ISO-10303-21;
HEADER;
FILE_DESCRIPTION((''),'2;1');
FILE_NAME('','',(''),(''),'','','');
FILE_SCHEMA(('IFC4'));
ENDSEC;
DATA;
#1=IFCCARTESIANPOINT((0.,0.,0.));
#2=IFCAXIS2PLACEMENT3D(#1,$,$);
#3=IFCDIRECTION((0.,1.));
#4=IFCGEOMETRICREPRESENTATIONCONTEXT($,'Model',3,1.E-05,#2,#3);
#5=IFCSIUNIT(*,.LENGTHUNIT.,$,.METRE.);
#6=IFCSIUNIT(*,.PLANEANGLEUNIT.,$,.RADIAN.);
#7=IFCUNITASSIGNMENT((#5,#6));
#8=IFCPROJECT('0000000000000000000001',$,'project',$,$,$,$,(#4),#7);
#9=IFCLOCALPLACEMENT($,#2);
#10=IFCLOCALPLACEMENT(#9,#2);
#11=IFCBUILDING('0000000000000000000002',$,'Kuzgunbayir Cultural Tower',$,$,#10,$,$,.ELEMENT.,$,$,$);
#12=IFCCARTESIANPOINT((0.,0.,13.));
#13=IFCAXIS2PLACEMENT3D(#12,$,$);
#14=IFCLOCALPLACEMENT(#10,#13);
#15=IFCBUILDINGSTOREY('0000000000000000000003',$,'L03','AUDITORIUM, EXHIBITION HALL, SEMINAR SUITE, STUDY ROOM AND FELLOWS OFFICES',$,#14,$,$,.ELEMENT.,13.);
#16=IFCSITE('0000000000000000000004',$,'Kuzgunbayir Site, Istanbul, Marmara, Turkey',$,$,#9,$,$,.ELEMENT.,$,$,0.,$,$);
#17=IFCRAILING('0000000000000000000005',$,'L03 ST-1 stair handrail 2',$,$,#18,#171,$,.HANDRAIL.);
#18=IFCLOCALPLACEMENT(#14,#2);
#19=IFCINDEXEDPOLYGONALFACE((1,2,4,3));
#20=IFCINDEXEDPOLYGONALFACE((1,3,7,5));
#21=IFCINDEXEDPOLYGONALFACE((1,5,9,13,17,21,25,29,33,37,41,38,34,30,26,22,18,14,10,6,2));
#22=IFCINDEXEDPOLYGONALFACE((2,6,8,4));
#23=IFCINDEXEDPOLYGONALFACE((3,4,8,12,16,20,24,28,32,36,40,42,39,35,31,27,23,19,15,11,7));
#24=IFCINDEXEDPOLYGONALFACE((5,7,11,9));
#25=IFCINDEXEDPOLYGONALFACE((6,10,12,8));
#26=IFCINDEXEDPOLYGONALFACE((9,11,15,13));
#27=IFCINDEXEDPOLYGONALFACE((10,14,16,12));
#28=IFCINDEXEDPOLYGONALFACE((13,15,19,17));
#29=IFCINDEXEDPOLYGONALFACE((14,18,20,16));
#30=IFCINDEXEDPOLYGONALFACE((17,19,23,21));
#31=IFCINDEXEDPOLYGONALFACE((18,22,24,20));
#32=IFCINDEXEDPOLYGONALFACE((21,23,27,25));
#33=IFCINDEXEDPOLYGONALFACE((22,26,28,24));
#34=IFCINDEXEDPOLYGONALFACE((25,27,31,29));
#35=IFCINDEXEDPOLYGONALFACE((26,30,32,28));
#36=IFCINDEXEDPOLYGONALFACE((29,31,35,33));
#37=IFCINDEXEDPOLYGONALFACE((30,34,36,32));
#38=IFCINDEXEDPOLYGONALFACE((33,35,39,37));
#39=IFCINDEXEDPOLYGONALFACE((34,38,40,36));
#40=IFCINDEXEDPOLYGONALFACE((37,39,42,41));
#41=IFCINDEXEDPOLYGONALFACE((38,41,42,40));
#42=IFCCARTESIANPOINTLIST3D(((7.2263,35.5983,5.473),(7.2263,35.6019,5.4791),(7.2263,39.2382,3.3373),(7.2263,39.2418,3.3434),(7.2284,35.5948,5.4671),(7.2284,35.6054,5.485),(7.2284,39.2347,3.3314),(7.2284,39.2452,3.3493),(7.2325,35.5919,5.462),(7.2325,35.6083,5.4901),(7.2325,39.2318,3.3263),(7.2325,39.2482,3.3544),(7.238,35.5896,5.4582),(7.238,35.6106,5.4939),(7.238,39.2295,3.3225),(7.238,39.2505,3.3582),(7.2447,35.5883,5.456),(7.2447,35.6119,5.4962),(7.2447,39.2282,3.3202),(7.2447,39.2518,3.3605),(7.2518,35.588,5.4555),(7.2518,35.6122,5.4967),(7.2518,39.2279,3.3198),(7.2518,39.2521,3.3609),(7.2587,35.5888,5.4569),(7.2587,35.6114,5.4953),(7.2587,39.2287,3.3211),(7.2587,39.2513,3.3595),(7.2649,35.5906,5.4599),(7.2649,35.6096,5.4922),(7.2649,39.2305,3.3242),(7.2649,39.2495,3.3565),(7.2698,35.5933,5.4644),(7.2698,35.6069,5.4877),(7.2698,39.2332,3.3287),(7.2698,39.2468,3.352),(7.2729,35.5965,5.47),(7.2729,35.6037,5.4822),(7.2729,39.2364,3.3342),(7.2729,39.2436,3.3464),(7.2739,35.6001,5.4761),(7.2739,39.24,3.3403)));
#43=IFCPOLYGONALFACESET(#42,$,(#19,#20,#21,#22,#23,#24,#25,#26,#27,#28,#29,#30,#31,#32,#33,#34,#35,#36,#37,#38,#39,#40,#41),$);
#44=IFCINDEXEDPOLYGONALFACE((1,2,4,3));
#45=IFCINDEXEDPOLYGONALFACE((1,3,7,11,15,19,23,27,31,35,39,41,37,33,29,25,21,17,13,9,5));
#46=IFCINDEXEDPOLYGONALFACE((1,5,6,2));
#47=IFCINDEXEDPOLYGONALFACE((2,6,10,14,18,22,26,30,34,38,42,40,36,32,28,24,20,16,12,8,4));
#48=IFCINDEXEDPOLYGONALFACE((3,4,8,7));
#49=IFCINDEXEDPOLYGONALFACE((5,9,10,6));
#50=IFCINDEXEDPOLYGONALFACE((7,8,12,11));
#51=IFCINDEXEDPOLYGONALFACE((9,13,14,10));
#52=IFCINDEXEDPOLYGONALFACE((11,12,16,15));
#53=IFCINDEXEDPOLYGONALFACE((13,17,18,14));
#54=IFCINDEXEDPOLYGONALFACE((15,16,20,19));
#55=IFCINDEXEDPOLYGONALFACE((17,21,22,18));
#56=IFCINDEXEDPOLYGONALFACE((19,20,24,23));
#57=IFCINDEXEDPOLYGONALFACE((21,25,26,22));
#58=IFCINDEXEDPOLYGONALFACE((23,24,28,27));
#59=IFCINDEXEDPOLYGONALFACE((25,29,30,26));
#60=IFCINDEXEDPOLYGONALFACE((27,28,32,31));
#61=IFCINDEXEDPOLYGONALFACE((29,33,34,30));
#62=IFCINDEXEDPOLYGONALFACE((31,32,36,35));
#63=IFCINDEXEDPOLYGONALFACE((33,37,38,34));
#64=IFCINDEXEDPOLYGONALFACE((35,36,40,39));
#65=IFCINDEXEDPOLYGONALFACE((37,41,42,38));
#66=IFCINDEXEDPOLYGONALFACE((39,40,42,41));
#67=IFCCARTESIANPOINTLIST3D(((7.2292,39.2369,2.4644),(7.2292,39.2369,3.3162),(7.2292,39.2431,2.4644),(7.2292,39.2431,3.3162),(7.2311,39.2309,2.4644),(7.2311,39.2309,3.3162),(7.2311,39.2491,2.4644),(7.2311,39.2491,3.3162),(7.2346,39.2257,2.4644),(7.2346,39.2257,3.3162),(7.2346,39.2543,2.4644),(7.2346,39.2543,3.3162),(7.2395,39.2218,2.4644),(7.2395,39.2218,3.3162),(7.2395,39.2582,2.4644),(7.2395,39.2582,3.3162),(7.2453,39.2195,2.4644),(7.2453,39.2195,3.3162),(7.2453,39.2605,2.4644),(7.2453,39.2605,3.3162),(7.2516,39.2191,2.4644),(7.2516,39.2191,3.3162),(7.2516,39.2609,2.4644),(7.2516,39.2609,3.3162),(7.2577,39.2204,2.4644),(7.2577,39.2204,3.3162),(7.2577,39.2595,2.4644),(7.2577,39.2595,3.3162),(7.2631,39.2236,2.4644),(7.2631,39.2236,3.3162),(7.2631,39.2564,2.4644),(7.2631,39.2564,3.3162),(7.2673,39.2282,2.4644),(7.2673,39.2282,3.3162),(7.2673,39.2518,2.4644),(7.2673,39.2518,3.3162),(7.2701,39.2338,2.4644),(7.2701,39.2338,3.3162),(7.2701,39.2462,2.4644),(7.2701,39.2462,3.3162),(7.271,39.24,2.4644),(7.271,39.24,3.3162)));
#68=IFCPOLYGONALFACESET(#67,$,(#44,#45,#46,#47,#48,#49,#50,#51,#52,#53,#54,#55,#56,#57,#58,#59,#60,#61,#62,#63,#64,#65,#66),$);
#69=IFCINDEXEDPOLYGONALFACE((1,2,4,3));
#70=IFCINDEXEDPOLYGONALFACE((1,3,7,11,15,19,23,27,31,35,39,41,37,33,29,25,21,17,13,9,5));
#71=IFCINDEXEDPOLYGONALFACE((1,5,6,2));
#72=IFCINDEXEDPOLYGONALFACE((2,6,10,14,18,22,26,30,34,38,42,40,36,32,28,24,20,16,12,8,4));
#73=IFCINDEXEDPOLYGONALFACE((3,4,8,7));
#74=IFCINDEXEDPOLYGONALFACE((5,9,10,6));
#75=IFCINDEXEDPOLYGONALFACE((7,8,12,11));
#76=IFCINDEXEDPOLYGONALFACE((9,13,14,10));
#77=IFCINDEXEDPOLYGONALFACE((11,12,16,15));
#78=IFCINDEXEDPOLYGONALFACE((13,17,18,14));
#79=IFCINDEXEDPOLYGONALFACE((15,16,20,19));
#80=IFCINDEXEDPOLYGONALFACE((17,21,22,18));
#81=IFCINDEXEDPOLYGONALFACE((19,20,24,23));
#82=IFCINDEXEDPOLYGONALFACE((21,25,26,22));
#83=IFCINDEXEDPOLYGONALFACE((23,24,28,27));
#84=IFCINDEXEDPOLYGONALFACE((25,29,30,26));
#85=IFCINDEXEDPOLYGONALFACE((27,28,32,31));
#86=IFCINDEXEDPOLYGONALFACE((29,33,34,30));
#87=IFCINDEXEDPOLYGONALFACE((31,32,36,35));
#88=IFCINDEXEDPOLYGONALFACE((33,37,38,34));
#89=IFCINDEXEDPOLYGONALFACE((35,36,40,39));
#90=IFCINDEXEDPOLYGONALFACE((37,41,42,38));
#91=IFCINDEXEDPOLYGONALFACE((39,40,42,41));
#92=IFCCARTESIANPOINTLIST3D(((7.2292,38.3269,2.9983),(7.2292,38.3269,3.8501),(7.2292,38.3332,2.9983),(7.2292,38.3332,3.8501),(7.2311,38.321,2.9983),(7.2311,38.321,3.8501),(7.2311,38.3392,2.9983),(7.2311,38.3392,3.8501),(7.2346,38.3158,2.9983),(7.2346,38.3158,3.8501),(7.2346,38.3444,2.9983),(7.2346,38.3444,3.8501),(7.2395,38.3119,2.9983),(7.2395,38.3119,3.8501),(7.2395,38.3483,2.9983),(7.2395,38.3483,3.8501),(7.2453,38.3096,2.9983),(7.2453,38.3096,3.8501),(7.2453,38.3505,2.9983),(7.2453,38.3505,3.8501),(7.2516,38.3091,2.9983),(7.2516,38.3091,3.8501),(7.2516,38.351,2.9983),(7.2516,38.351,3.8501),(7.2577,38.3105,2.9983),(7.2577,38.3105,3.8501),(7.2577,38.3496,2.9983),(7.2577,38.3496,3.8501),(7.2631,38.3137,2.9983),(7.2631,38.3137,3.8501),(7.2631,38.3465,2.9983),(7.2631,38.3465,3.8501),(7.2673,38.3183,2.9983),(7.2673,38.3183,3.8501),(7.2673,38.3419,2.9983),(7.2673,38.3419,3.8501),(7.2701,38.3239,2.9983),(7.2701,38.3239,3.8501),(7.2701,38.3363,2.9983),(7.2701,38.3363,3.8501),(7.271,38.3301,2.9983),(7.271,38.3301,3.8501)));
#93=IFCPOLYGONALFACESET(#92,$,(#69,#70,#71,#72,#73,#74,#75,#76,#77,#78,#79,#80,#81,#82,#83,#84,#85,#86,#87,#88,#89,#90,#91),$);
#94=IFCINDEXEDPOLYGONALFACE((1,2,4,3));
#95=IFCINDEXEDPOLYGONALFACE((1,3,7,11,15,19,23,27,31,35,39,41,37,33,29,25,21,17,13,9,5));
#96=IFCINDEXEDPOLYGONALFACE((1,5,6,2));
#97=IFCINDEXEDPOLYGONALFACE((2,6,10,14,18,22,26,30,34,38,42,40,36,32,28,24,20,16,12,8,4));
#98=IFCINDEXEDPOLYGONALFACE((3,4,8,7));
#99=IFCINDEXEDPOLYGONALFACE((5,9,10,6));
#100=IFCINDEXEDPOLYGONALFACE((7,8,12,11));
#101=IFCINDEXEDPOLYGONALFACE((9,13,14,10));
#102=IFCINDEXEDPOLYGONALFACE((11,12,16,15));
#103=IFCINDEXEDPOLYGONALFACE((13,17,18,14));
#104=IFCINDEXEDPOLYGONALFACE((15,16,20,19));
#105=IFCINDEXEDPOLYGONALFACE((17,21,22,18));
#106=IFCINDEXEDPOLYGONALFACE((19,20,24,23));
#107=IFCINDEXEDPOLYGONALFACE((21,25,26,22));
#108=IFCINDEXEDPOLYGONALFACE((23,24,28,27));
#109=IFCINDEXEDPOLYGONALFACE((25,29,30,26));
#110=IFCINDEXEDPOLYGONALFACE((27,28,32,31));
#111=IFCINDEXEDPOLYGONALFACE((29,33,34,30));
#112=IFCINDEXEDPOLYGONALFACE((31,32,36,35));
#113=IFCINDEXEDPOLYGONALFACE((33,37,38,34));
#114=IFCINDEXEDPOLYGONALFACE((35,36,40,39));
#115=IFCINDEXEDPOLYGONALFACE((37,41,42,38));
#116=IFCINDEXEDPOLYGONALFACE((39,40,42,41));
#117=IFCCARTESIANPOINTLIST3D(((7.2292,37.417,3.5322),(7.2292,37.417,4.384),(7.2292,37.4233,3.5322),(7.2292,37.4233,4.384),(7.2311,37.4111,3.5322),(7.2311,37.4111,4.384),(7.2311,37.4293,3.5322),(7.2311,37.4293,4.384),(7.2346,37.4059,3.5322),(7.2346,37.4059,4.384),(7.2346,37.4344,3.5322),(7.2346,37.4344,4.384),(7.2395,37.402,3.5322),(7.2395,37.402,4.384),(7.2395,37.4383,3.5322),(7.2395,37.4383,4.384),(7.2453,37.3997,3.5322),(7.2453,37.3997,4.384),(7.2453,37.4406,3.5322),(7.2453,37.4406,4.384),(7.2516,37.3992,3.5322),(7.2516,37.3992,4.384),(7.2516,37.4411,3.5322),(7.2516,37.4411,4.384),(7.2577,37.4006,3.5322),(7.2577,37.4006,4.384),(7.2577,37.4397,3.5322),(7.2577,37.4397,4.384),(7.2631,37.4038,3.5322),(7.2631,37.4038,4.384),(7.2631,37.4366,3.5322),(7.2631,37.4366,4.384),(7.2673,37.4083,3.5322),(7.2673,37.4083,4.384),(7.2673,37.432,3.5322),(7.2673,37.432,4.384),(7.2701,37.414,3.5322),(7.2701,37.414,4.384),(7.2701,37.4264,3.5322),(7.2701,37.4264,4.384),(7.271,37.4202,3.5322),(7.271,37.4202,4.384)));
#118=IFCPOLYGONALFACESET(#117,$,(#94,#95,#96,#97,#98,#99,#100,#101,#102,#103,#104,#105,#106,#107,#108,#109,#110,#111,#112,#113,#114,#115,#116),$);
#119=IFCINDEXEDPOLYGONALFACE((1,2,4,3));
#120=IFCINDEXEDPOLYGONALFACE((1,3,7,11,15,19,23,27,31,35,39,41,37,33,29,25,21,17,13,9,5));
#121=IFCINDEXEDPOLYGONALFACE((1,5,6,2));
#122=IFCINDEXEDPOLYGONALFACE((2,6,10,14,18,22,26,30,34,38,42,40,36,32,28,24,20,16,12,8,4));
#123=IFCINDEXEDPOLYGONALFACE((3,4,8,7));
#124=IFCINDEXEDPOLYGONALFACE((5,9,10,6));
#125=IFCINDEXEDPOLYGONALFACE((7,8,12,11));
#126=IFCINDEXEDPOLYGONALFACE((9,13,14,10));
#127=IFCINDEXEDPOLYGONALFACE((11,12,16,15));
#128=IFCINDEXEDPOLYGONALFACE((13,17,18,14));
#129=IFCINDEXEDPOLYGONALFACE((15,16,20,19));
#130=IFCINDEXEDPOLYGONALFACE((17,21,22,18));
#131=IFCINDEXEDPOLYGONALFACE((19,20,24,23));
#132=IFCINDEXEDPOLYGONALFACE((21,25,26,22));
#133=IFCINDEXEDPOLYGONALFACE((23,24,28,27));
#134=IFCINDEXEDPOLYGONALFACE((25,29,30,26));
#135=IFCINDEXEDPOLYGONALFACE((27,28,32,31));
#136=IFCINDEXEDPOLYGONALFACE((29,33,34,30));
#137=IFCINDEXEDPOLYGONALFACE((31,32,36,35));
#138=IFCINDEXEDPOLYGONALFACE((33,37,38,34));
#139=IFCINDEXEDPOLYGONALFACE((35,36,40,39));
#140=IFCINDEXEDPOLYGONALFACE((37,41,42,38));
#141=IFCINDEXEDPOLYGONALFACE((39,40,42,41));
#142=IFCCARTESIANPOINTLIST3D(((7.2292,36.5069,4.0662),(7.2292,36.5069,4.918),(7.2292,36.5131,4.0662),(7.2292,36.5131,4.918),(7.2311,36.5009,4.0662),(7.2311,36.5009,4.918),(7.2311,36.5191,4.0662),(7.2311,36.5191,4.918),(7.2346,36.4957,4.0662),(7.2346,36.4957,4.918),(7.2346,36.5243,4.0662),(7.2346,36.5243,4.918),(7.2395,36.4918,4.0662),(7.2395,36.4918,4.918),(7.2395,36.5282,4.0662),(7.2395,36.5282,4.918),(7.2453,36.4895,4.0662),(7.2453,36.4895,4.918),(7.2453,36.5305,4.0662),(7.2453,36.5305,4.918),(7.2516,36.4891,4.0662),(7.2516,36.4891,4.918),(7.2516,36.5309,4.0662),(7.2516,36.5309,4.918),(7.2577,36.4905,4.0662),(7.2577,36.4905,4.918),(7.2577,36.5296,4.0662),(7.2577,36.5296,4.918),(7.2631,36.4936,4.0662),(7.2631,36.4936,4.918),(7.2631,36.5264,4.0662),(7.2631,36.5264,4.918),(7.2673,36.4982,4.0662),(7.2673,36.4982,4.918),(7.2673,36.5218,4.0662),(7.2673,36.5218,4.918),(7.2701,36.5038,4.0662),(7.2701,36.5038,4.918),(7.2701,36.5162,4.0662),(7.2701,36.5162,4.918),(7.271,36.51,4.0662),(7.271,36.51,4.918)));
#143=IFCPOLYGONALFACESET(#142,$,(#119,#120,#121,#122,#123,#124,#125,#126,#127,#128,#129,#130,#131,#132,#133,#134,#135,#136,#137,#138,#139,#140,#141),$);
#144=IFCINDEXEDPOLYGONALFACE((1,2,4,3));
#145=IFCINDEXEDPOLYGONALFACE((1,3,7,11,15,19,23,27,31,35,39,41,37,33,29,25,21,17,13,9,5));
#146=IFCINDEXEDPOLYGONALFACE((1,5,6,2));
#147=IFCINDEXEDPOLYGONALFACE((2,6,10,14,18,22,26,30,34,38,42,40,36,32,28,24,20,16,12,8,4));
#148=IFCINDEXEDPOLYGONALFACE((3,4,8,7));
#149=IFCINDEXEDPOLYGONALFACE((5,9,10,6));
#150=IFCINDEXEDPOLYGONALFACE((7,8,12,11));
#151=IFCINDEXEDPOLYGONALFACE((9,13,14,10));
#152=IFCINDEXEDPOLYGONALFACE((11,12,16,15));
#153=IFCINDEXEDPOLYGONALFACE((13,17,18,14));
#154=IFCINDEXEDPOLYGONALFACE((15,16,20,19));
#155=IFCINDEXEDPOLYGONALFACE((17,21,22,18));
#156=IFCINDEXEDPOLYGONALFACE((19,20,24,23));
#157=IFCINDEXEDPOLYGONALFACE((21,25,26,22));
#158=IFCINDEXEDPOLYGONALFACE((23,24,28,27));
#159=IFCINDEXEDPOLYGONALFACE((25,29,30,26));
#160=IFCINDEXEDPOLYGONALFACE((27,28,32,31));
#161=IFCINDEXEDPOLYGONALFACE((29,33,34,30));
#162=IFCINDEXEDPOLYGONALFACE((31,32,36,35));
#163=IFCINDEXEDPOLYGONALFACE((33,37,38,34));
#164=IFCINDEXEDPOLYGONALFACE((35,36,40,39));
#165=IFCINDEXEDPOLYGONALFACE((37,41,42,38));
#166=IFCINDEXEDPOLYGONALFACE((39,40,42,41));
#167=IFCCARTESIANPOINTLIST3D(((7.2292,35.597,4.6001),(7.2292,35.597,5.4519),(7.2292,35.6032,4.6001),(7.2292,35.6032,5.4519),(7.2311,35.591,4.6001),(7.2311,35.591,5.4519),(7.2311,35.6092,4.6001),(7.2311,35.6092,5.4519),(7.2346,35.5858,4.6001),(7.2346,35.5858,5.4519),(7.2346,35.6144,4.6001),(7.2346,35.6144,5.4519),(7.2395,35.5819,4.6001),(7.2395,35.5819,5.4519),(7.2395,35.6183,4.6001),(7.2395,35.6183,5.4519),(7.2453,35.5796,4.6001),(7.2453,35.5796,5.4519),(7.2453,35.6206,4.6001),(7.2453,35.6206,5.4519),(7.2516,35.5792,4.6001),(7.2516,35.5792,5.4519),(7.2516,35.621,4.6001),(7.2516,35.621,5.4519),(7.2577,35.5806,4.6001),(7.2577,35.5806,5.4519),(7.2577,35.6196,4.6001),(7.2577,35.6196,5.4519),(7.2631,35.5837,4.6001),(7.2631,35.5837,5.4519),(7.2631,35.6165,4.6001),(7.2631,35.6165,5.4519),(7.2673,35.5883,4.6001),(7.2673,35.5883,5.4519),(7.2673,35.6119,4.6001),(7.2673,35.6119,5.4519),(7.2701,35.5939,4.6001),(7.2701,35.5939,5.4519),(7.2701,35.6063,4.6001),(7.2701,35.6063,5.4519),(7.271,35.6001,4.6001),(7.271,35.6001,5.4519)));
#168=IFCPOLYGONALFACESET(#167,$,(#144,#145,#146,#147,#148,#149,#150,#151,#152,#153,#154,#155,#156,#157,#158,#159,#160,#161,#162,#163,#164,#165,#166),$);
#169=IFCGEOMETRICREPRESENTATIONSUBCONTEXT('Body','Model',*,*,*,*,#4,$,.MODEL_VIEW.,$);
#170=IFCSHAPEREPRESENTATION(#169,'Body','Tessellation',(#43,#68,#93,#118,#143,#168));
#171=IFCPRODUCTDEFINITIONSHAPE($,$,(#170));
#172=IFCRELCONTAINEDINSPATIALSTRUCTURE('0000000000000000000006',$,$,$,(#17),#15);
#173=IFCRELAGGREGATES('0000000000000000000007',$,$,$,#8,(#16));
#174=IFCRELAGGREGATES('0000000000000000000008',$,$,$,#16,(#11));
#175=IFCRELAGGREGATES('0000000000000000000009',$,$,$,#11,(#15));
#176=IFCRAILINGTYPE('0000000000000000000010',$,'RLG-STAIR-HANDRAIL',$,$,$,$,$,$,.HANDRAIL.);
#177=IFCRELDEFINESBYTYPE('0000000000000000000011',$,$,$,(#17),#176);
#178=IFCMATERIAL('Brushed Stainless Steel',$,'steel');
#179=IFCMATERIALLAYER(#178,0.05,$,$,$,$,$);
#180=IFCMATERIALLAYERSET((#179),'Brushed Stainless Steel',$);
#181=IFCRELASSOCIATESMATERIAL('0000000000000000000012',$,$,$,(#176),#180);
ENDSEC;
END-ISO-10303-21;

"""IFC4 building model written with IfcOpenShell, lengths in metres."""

from ifc_helpers import new_model, si_unit, direction, frame, origin, origin_2d, place, context, subcontext, project, spatial, circle, extrude, material, layer, layer_set, type_object, element, save


model = new_model("IFC4")

# Units and contexts
model_context = context("Model", 3, precision=1e-05, world=origin(), true_north=direction((0.0, 1.0)))
body_context = subcontext(model_context, "Body", "Model", "MODEL_VIEW")
ifc_project = project(units=[si_unit("LENGTHUNIT", "METRE"), si_unit("PLANEANGLEUNIT", "RADIAN")], contexts=[model_context])

# Site, building, storey
site_placement = place(None, origin())
site = spatial("IfcSite", under=ifc_project, at=site_placement, Name="Kuzgunbayir Site, Istanbul, Marmara, Turkey", CompositionType="ELEMENT", RefElevation=0.0)
building_placement = place(site_placement, origin())
building = spatial("IfcBuilding", under=site, at=building_placement, Name="Kuzgunbayir Cultural Tower", CompositionType="ELEMENT")
storey_placement = place(building_placement, frame((0.0, 0.0, 13.0)))
storey = spatial("IfcBuildingStorey", under=building, at=storey_placement, Name="L03", Description="AUDITORIUM, EXHIBITION HALL, SEMINAR SUITE, STUDY ROOM AND FELLOWS OFFICES", CompositionType="ELEMENT", Elevation=13.0)

# Shared definitions
ifc_material_1 = material(Name="Brushed Stainless Steel", Category="steel")

# Railing
ifc_layer_1 = layer(ifc_material_1, 0.05)
ifc_layer_set_1 = layer_set([ifc_layer_1], Name="Brushed Stainless Steel")
railing_type_1 = type_object("IfcRailingType", Name="RLG-STAIR-HANDRAIL", PredefinedType="HANDRAIL", material=ifc_layer_set_1)
railing_1_placement = place(storey_placement, frame((7.25, 39.24, 2.4644)))
element("IfcRailing", 1, at=railing_1_placement, inside=storey, type_object=railing_type_1, Name="L03 ST-1 stair handrail 2", PredefinedType="HANDRAIL", context=body_context, shape_type="SweptSolid", body=[
    extrude(circle(Radius=0.0239, at=origin_2d()), frame((0.0, 0.0, 0.876), z_axis=(0.0, -0.86249, 0.506074), x_axis=(1.0, 0.0, 0.0)), (0.0, 0.0, 1.0), 4.2202),
    extrude(circle(Radius=0.021, at=origin_2d()), origin(), (0.0, 0.0, 1.0), 0.8518),
    extrude(circle(Radius=0.021, at=origin_2d()), frame((0.0, -0.9099, 0.5339)), (0.0, 0.0, 1.0), 0.8518),
    extrude(circle(Radius=0.021, at=origin_2d()), frame((0.0, -1.8198, 1.0679)), (0.0, 0.0, 1.0), 0.8518),
    extrude(circle(Radius=0.021, at=origin_2d()), frame((0.0, -2.73, 1.6018)), (0.0, 0.0, 1.0), 0.8518),
    extrude(circle(Radius=0.021, at=origin_2d()), frame((0.0, -3.6399, 2.1357)), (0.0, 0.0, 1.0), 0.8518),
])

save(model, "model.ifc")
